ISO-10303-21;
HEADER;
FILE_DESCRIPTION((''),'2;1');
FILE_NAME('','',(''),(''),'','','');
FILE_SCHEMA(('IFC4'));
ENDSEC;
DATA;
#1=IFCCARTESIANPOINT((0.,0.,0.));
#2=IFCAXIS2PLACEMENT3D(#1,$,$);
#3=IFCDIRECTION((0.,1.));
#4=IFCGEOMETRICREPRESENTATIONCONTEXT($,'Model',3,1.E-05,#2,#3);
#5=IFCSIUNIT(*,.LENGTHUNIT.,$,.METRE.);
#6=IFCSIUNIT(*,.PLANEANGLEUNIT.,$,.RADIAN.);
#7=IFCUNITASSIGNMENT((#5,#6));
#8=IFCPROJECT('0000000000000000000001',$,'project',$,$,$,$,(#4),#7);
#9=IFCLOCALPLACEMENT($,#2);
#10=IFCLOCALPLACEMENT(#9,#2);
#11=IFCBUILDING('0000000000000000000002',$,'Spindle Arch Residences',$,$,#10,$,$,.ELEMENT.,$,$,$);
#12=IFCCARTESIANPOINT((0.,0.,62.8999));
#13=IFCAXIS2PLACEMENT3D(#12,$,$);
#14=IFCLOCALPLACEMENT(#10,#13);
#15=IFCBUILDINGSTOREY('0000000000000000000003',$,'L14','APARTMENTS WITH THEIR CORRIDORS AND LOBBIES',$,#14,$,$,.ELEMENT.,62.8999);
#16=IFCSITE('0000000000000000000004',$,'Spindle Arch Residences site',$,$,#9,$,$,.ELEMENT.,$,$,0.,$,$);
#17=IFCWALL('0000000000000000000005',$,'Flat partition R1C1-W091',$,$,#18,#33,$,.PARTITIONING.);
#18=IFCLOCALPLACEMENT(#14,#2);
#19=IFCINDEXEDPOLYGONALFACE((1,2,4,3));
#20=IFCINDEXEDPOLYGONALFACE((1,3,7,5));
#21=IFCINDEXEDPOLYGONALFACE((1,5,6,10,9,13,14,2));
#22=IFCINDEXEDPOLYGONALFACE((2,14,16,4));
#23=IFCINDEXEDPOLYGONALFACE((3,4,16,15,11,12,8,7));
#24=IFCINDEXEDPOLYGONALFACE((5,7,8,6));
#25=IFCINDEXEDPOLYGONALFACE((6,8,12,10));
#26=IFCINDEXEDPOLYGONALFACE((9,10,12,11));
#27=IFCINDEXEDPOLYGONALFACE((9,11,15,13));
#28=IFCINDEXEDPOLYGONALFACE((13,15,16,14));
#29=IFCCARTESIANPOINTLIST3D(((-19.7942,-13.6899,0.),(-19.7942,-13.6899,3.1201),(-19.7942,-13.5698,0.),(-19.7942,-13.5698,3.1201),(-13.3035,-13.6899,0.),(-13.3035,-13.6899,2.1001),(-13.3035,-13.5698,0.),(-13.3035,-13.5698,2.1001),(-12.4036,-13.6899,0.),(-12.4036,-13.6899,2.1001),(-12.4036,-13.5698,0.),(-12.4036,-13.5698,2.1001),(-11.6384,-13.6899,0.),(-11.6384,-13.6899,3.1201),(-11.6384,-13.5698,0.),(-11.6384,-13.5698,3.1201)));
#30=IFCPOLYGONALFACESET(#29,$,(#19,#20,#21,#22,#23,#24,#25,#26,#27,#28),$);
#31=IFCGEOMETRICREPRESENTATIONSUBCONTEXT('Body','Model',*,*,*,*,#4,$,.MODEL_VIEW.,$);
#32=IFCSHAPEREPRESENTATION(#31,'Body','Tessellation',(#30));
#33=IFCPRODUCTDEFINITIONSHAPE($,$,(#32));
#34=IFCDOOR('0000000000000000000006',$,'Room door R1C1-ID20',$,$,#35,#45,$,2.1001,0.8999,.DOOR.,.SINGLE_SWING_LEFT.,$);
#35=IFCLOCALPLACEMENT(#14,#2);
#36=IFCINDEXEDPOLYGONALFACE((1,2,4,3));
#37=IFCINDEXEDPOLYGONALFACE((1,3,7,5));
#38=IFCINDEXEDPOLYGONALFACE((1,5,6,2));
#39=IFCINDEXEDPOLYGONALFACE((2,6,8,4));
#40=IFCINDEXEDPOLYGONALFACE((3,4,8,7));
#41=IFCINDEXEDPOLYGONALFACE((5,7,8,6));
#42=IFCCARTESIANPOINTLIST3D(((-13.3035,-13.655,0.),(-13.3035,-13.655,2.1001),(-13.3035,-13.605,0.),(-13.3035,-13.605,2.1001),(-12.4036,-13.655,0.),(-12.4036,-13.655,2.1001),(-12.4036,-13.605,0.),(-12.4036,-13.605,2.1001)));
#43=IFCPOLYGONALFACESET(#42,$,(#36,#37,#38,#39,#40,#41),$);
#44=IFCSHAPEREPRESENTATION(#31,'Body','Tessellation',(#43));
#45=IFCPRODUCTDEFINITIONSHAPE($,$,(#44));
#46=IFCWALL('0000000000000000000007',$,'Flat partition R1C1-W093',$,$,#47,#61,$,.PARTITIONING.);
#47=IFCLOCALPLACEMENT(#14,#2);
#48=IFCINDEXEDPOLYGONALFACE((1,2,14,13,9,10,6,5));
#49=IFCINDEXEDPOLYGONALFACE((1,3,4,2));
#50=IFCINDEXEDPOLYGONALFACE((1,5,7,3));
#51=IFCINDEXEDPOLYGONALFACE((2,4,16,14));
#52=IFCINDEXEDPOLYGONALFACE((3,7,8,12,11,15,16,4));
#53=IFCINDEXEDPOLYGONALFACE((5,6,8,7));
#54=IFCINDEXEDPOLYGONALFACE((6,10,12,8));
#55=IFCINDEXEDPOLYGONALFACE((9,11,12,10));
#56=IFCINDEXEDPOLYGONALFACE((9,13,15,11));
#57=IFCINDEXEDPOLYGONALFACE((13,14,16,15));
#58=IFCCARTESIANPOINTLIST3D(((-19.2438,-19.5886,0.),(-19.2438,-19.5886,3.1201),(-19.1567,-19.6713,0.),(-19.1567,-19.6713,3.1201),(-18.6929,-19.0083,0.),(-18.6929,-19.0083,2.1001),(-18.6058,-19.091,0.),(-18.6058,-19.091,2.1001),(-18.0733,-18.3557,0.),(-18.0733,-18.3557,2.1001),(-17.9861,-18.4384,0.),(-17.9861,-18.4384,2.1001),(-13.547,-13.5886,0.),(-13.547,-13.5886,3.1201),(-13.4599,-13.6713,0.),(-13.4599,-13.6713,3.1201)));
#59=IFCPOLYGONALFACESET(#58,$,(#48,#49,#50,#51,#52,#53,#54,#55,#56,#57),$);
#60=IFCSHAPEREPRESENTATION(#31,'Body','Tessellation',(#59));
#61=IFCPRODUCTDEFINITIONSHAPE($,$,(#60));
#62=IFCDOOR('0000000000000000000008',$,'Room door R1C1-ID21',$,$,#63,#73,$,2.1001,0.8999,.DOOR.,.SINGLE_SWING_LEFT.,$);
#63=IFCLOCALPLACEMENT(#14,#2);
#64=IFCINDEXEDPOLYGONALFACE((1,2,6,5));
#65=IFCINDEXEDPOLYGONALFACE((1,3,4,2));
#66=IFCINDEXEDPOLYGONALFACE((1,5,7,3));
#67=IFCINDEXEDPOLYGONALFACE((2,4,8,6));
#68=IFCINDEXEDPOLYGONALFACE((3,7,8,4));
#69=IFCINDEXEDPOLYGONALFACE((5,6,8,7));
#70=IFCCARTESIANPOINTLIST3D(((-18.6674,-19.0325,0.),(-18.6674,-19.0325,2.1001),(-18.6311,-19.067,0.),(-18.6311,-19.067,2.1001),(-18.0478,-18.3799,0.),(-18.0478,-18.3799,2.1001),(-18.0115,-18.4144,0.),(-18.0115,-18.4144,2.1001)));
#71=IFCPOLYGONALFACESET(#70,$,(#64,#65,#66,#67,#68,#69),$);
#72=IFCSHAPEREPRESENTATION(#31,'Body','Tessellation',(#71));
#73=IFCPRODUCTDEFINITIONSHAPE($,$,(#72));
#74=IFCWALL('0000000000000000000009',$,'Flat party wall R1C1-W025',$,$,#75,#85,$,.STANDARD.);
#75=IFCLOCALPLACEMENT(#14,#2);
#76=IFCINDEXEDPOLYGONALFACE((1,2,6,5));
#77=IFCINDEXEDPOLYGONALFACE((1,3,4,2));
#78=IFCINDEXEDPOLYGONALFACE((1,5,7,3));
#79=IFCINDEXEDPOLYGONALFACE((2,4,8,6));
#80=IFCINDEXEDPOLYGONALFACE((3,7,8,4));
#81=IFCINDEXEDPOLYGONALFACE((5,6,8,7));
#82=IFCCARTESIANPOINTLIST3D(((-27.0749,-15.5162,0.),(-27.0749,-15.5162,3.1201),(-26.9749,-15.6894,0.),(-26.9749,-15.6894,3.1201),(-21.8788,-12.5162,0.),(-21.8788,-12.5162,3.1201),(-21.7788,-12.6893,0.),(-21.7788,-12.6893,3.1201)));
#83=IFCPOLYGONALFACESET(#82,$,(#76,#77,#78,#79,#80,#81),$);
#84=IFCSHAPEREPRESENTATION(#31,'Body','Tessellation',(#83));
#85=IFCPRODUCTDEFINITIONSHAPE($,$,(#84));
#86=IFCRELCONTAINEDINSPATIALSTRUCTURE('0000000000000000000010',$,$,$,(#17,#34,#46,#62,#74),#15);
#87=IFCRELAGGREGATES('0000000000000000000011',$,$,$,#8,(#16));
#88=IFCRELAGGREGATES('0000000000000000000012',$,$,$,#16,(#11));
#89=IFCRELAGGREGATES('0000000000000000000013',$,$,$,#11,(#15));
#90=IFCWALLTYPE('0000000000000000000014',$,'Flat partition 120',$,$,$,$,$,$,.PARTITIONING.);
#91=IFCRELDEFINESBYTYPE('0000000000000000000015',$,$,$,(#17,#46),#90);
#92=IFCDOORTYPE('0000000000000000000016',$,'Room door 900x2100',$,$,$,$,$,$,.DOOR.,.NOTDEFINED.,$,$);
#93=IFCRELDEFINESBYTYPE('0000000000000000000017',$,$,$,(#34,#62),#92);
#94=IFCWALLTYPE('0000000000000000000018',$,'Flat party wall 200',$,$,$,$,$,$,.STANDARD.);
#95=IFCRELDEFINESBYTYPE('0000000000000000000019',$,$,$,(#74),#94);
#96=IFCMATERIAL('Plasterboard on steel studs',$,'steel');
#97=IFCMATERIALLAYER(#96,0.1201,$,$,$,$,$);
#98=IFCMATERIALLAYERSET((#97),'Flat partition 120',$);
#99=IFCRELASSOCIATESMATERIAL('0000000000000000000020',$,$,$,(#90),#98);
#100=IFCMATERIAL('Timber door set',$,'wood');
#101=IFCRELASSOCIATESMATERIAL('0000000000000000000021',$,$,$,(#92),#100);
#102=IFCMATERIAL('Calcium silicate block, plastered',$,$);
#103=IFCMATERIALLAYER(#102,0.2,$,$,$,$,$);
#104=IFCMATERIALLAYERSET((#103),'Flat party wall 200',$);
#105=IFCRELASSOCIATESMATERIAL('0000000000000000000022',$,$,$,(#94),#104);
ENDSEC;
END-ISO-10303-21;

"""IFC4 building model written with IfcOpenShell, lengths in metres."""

from ifc_helpers import new_model, si_unit, direction, frame, frame_2d, origin, place, context, subcontext, project, spatial, rectangle, extrude, material, layer, layer_set, type_object, element, fill, save


model = new_model("IFC4")

# Units and contexts
model_context = context("Model", 3, precision=1e-05, world=origin(), true_north=direction((0.0, 1.0)))
body_context = subcontext(model_context, "Body", "Model", "MODEL_VIEW")
ifc_project = project(units=[si_unit("LENGTHUNIT", "METRE"), si_unit("PLANEANGLEUNIT", "RADIAN")], contexts=[model_context])

# Site, building, storey
site_placement = place(None, origin())
site = spatial("IfcSite", under=ifc_project, at=site_placement, Name="Spindle Arch Residences site", CompositionType="ELEMENT", RefElevation=0.0)
building_placement = place(site_placement, origin())
building = spatial("IfcBuilding", under=site, at=building_placement, Name="Spindle Arch Residences", CompositionType="ELEMENT")
storey_placement = place(building_placement, frame((0.0, 0.0, 62.8999)))
storey = spatial("IfcBuildingStorey", under=building, at=storey_placement, Name="L14", Description="APARTMENTS WITH THEIR CORRIDORS AND LOBBIES", CompositionType="ELEMENT", Elevation=62.8999)

# Shared definitions
ifc_material_1 = material(Name="Plasterboard on steel studs", Category="steel")
ifc_layer_1 = layer(ifc_material_1, 0.1201)
ifc_layer_set_1 = layer_set([ifc_layer_1], Name="Flat partition 120")
wall_type_1 = type_object("IfcWallType", Name="Flat partition 120", PredefinedType="PARTITIONING", material=ifc_layer_set_1)

# Shared definitions
ifc_material_2 = material(Name="Timber door set", Category="wood")
door_type = type_object("IfcDoorType", Name="Room door 900x2100", OperationType="NOTDEFINED", PredefinedType="DOOR", material=ifc_material_2)

# Walls, openings, doors
wall_1_placement = place(storey_placement, frame((-19.7942, -13.6299, 0.0), z_axis=(0.0, 0.0, 1.0), x_axis=(1.0, 0.0, 0.0)))
wall_1 = element("IfcWall", 1, at=wall_1_placement, inside=storey, type_object=wall_type_1, Name="Flat partition R1C1-W091", PredefinedType="PARTITIONING", context=body_context, shape_type="SweptSolid", body=[
    extrude(rectangle(XDim=8.1558, YDim=0.1201, at=frame_2d((4.0779, 0.0))), origin(), (0.0, 0.0, 1.0), 3.1201),
])
opening_1_placement = place(wall_1_placement, frame((6.4907, 0.0, 0.0)))
opening_1 = element("IfcOpeningElement", 2, at=opening_1_placement, cuts=wall_1, PredefinedType="OPENING", context=body_context, shape_type="SweptSolid", body=[
    extrude(rectangle(XDim=0.8999, YDim=2.1001, at=frame_2d((0.45, 1.05))), frame((0.0, 0.0701, 0.0), z_axis=(0.0, -1.0, 0.0), x_axis=(1.0, 0.0, 0.0)), (0.0, 0.0, 1.0), 0.1401),
])
door_1_placement = place(opening_1_placement, origin())
door_1 = element("IfcDoor", 3, at=door_1_placement, inside=storey, type_object=door_type, Name="Room door R1C1-ID20", OperationType="SINGLE_SWING_LEFT", OverallHeight=2.1001, OverallWidth=0.8999, PredefinedType="DOOR", context=body_context, shape_type="SweptSolid", body=[
    extrude(rectangle(XDim=0.8999, YDim=2.1001, at=frame_2d((0.45, 1.05))), frame((0.0, 0.0249, 0.0), z_axis=(0.0, -1.0, 0.0), x_axis=(1.0, 0.0, 0.0)), (0.0, 0.0, 1.0), 0.05),
])
fill(opening_1, door_1)
wall_2_placement = place(storey_placement, frame((-19.2002, -19.6299, 0.0), z_axis=(0.0, 0.0, 1.0), x_axis=(0.688545, 0.725194, 0.0)))
wall_2 = element("IfcWall", 4, at=wall_2_placement, inside=storey, type_object=wall_type_1, Name="Flat partition R1C1-W093", PredefinedType="PARTITIONING", context=body_context, shape_type="SweptSolid", body=[
    extrude(rectangle(XDim=8.2737, YDim=0.1201, at=frame_2d((4.1367, 0.0))), origin(), (0.0, 0.0, 1.0), 3.1201),
])
opening_2_placement = place(wall_2_placement, frame((0.8, 0.0, 0.0)))
opening_2 = element("IfcOpeningElement", 5, at=opening_2_placement, cuts=wall_2, PredefinedType="OPENING", context=body_context, shape_type="SweptSolid", body=[
    extrude(rectangle(XDim=0.8999, YDim=2.1001, at=frame_2d((0.45, 1.05))), frame((0.0, 0.0701, 0.0), z_axis=(0.0, -1.0, 0.0), x_axis=(1.0, 0.0, 0.0)), (0.0, 0.0, 1.0), 0.1401),
])
door_2_placement = place(opening_2_placement, origin())
door_2 = element("IfcDoor", 6, at=door_2_placement, inside=storey, type_object=door_type, Name="Room door R1C1-ID21", OperationType="SINGLE_SWING_LEFT", OverallHeight=2.1001, OverallWidth=0.8999, PredefinedType="DOOR", context=body_context, shape_type="SweptSolid", body=[
    extrude(rectangle(XDim=0.8999, YDim=2.1001, at=frame_2d((0.45, 1.05))), frame((0.0, 0.0249, 0.0), z_axis=(0.0, -1.0, 0.0), x_axis=(1.0, 0.0, 0.0)), (0.0, 0.0, 1.0), 0.05),
])
fill(opening_2, door_2)

# Wall
ifc_material_3 = material(Name="Calcium silicate block, plastered")
ifc_layer_2 = layer(ifc_material_3, 0.2)
ifc_layer_set_2 = layer_set([ifc_layer_2], Name="Flat party wall 200")
wall_type_2 = type_object("IfcWallType", Name="Flat party wall 200", PredefinedType="STANDARD", material=ifc_layer_set_2)
wall_3_placement = place(storey_placement, frame((-27.0249, -15.6028, 0.0), z_axis=(0.0, 0.0, 1.0), x_axis=(0.866021, 0.500008, 0.0)))
element("IfcWall", 7, at=wall_3_placement, inside=storey, type_object=wall_type_2, Name="Flat party wall R1C1-W025", PredefinedType="STANDARD", context=body_context, shape_type="SweptSolid", body=[
    extrude(rectangle(XDim=6.0, YDim=0.2, at=frame_2d((3.0, 0.0))), origin(), (0.0, 0.0, 1.0), 3.1201),
])

save(model, "model.ifc")
